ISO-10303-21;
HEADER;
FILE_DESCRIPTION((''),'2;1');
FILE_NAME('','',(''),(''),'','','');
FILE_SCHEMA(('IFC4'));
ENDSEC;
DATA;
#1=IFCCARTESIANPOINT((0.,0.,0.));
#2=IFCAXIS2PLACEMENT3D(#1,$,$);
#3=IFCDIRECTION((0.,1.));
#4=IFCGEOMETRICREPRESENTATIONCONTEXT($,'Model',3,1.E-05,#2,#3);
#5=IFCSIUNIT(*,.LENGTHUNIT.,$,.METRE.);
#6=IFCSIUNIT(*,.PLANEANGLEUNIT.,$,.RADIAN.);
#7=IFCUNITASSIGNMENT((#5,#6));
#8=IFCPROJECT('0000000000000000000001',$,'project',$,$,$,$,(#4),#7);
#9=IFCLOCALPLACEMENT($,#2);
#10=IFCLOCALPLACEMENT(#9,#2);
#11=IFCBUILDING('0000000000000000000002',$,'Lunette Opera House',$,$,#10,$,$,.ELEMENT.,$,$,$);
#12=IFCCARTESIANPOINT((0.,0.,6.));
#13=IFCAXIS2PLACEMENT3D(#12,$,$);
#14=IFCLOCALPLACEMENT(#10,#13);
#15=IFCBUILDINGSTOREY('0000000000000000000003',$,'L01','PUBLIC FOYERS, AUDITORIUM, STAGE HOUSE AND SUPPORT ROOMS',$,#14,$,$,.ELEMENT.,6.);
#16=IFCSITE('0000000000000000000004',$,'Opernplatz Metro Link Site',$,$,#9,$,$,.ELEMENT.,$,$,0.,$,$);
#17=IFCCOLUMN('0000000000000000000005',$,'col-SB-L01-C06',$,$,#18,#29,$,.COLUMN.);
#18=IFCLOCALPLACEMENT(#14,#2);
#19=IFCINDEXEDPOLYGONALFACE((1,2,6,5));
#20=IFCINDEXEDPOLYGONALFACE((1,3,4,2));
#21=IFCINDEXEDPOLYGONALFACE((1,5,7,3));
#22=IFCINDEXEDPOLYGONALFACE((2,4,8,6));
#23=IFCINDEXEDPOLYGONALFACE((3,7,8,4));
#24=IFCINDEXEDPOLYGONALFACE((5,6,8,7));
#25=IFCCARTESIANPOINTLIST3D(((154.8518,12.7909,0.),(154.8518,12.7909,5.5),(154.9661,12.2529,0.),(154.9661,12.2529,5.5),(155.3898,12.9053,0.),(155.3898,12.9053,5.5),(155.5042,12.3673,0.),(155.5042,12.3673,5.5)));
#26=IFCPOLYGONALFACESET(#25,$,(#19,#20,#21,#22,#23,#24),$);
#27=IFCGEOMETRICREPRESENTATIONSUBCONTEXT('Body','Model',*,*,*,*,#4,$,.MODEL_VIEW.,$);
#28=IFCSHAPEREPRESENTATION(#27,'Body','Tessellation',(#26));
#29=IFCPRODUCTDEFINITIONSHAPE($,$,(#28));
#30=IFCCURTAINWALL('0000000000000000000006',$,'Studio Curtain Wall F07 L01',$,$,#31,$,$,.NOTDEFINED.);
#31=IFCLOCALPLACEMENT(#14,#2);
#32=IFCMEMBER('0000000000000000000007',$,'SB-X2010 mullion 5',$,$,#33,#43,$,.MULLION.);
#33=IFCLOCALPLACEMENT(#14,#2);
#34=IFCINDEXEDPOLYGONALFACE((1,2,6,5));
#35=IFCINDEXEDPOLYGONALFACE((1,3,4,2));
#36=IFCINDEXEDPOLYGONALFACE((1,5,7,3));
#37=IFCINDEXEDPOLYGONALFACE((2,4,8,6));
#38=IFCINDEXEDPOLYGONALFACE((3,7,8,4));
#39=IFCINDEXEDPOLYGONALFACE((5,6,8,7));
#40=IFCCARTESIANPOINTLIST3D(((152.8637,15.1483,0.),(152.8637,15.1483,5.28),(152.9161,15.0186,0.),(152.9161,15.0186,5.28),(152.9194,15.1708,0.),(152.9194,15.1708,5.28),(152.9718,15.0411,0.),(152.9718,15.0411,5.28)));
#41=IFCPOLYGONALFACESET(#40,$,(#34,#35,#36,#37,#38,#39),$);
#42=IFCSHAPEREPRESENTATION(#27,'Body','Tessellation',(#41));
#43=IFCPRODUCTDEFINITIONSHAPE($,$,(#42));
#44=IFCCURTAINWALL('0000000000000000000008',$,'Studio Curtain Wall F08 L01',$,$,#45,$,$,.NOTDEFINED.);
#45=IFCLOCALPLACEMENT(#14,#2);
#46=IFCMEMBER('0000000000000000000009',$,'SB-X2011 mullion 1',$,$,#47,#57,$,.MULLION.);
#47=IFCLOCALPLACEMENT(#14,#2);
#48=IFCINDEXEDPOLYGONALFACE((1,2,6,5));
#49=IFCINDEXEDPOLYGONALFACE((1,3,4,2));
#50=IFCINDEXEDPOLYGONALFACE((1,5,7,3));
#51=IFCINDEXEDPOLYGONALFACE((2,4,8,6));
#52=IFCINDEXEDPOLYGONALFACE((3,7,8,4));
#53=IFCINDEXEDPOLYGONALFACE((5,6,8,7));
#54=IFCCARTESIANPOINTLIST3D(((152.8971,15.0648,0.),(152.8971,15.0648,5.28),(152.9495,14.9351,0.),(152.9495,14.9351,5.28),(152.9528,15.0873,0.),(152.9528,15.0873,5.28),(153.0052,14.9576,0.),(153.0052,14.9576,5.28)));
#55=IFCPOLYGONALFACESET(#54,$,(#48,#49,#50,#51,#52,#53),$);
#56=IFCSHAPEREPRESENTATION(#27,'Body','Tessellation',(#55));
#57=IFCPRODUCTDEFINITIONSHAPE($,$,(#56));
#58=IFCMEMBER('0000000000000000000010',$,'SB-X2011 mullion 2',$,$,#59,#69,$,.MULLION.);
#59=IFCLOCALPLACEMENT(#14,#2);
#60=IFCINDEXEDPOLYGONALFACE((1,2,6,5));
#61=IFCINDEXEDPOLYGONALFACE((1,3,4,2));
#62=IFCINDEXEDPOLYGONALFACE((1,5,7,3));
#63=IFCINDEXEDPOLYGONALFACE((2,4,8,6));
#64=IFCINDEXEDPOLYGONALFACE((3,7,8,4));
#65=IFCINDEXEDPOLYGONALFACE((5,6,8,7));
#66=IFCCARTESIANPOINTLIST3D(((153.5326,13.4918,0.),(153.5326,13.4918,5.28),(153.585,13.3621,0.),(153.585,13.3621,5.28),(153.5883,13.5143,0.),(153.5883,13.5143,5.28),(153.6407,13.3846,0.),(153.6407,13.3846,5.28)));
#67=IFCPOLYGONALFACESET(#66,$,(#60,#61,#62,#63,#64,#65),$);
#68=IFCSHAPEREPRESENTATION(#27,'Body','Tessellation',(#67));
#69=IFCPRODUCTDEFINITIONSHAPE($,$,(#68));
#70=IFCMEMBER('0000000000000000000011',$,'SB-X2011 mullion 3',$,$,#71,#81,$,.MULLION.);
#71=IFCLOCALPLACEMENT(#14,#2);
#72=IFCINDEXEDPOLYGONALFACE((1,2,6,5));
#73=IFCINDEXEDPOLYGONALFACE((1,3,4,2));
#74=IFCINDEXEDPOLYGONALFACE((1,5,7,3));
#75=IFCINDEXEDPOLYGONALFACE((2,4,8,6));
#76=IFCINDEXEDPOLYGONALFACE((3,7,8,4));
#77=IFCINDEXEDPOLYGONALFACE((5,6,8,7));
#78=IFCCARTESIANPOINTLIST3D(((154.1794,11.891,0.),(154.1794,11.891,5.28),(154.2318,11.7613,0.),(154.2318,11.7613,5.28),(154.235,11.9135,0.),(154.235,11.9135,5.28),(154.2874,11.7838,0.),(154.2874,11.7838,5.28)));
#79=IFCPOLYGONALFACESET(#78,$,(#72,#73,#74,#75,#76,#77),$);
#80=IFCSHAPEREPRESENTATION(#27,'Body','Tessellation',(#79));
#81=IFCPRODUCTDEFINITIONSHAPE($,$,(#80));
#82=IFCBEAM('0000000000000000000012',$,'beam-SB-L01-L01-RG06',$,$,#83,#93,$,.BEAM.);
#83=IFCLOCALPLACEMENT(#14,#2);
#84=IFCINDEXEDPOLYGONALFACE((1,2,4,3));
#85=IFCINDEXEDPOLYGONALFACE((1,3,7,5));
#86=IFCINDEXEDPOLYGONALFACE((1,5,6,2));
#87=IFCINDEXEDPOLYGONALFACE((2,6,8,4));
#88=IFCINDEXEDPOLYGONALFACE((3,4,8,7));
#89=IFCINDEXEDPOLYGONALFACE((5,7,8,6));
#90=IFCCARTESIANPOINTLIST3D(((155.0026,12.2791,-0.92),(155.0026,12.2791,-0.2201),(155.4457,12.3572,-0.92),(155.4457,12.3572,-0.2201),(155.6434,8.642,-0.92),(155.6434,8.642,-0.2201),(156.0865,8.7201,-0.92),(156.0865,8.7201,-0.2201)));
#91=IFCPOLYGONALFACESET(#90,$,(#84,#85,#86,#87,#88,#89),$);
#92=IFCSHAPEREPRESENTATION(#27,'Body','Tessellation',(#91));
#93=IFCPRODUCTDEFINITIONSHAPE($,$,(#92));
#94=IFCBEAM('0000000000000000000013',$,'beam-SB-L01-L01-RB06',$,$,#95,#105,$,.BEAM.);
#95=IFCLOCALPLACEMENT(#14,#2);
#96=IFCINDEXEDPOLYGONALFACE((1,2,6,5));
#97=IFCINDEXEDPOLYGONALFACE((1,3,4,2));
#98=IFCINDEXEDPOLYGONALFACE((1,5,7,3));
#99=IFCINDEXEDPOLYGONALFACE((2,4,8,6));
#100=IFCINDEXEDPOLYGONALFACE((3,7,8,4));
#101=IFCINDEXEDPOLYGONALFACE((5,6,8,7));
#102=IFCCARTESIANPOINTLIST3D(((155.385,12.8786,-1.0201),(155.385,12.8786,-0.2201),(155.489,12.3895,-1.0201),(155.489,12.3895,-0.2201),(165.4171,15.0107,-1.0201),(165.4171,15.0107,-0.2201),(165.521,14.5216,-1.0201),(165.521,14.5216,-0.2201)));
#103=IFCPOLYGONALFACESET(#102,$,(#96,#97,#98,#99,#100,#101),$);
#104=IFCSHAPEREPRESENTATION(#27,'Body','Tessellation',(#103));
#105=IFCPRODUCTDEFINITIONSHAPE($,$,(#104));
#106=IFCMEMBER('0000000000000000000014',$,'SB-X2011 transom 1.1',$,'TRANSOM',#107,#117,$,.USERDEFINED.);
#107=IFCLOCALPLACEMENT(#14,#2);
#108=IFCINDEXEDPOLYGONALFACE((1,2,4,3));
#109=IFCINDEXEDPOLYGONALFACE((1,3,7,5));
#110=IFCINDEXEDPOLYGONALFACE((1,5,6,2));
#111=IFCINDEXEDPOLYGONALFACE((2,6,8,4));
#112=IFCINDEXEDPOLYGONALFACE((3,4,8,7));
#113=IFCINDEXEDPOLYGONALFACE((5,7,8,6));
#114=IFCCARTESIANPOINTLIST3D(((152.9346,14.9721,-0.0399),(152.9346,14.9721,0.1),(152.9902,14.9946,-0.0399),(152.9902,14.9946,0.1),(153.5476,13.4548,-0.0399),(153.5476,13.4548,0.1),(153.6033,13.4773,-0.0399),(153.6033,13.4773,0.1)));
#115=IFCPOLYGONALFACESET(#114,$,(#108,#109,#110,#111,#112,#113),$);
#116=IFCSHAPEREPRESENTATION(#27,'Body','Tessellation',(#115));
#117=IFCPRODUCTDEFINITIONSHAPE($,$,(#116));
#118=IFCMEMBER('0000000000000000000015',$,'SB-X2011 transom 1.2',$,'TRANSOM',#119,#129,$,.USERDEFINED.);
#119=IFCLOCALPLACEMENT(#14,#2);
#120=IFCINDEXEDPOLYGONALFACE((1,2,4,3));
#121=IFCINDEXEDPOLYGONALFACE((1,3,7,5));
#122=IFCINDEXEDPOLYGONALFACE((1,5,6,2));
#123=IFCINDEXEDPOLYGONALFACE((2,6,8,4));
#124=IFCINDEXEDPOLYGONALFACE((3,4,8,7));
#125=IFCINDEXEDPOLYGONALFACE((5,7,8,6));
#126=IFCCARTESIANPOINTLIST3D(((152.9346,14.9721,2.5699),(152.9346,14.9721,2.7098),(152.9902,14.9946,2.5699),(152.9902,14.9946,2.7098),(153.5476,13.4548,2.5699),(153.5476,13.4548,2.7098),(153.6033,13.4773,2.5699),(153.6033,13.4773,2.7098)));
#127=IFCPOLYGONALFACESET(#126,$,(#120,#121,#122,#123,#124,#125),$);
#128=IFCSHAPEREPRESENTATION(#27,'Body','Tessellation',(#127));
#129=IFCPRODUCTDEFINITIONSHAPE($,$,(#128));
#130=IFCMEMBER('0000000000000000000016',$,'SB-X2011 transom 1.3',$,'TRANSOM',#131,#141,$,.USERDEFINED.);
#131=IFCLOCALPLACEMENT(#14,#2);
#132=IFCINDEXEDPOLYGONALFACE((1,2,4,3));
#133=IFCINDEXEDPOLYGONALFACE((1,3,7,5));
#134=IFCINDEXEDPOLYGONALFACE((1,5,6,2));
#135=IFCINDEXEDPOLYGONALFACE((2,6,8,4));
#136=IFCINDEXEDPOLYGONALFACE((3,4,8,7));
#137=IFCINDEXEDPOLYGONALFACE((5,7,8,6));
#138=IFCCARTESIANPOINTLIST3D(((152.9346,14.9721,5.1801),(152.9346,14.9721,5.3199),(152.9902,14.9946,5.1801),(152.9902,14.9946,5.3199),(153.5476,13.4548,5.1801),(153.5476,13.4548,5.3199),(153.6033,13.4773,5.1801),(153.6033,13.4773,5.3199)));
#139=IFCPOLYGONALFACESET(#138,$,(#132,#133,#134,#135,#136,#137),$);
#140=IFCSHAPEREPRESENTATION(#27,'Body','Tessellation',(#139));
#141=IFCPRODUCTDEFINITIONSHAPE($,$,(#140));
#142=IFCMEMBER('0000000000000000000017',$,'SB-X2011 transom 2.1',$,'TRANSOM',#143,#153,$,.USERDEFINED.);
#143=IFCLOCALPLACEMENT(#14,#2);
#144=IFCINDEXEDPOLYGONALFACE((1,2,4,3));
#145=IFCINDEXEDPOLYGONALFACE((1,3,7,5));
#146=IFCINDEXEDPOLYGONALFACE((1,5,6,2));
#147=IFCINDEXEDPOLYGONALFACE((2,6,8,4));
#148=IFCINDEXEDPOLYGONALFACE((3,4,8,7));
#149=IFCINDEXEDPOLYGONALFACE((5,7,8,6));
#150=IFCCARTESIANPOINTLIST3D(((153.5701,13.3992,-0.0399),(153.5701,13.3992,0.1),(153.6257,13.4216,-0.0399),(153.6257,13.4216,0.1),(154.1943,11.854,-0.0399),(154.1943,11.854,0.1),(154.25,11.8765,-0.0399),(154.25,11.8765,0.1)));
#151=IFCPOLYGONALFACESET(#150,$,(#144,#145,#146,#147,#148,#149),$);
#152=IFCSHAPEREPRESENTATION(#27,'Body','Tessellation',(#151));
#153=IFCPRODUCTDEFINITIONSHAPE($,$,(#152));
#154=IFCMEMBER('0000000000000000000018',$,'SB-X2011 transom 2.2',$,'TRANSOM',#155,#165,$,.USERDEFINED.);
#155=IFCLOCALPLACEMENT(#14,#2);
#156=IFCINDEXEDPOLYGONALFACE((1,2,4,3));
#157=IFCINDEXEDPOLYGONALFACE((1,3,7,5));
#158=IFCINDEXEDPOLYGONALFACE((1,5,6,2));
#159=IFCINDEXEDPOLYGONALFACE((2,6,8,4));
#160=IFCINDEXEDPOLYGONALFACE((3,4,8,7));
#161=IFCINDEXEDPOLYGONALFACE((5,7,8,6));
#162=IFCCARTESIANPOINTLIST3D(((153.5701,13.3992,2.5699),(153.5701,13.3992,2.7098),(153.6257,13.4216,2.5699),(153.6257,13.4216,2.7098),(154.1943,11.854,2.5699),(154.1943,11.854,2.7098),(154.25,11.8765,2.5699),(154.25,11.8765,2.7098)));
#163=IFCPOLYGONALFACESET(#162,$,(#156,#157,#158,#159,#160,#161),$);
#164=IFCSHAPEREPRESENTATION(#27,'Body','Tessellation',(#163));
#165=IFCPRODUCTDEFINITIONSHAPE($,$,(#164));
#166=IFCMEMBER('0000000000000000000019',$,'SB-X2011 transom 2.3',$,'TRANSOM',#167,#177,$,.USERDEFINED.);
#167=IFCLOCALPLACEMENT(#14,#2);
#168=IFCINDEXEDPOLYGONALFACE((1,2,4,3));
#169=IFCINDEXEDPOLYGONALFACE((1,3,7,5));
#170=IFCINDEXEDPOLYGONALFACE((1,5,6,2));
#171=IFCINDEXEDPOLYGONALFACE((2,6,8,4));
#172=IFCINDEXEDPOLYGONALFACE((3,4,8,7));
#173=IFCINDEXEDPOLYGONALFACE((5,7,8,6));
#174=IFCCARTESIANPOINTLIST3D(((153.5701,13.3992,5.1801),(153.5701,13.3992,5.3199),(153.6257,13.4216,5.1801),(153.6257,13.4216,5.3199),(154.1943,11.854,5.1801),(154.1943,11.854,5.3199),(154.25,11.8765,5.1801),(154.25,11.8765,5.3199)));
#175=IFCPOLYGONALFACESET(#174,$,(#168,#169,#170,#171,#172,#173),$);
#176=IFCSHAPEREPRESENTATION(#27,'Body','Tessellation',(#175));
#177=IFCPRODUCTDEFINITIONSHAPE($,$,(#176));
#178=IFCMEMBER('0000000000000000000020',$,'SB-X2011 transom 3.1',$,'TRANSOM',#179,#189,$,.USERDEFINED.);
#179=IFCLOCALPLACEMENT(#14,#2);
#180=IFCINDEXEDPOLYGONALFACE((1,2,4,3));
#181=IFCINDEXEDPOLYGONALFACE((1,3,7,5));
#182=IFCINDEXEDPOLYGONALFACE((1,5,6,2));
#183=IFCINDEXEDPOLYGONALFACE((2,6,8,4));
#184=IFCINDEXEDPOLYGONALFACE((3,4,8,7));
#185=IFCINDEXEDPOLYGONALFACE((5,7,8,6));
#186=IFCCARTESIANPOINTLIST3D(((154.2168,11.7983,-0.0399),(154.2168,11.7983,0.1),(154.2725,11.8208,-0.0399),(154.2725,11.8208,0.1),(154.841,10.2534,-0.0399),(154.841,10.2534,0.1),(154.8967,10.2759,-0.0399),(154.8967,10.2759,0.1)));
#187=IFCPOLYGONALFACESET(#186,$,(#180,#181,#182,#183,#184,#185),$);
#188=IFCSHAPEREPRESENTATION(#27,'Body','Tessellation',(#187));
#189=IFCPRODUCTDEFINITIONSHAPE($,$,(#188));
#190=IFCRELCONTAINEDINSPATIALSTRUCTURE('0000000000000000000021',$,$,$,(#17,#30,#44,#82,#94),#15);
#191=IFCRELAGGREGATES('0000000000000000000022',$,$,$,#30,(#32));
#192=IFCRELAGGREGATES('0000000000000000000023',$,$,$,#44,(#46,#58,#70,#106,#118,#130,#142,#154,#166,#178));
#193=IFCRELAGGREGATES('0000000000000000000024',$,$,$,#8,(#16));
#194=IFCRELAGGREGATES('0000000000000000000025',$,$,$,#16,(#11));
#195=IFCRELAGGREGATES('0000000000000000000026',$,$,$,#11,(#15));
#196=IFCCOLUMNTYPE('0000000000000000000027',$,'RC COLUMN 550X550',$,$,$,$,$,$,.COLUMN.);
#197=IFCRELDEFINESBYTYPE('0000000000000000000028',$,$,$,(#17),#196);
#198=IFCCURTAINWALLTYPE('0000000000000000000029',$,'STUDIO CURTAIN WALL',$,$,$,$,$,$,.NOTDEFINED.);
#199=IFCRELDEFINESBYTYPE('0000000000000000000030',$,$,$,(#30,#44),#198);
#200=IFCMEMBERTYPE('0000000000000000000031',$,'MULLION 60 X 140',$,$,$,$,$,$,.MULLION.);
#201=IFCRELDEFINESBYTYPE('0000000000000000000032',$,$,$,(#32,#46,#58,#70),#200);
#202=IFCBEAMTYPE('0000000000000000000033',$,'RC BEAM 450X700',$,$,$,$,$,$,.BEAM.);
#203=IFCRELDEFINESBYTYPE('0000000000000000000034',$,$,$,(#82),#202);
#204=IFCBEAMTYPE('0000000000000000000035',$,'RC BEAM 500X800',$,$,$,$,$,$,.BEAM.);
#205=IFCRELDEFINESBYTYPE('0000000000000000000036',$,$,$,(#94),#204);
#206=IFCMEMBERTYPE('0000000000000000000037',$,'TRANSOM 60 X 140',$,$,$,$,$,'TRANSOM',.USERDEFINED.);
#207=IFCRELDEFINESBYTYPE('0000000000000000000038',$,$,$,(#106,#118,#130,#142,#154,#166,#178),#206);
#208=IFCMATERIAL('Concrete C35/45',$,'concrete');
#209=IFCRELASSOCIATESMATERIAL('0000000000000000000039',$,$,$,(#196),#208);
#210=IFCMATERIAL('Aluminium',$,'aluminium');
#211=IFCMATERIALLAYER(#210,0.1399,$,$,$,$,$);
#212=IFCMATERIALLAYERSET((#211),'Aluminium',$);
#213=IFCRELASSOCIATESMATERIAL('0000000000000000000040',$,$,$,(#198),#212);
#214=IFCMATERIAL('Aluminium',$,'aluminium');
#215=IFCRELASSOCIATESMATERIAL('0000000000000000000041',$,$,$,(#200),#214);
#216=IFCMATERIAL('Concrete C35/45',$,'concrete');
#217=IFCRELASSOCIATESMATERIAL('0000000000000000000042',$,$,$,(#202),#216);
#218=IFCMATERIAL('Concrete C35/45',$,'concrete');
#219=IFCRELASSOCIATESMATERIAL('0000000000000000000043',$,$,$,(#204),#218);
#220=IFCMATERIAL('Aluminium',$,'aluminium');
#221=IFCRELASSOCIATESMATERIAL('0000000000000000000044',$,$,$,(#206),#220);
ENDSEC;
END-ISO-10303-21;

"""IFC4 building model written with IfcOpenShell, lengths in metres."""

from ifc_helpers import new_model, si_unit, direction, frame, origin, origin_2d, place, context, subcontext, project, spatial, rectangle, extrude, material, layer, layer_set, material_profile, profile_set, type_object, element, aggregate, save


model = new_model("IFC4")

# Units and contexts
model_context = context("Model", 3, precision=1e-05, world=origin(), true_north=direction((0.0, 1.0)))
body_context = subcontext(model_context, "Body", "Model", "MODEL_VIEW")
ifc_project = project(units=[si_unit("LENGTHUNIT", "METRE"), si_unit("PLANEANGLEUNIT", "RADIAN")], contexts=[model_context])

# Site, building, storey
site_placement = place(None, origin())
site = spatial("IfcSite", under=ifc_project, at=site_placement, Name="Opernplatz Metro Link Site", CompositionType="ELEMENT", RefElevation=0.0)
building_placement = place(site_placement, origin())
building = spatial("IfcBuilding", under=site, at=building_placement, Name="Lunette Opera House", CompositionType="ELEMENT")
storey_placement = place(building_placement, frame((0.0, 0.0, 6.0)))
storey = spatial("IfcBuildingStorey", under=building, at=storey_placement, Name="L01", Description="PUBLIC FOYERS, AUDITORIUM, STAGE HOUSE AND SUPPORT ROOMS", CompositionType="ELEMENT", Elevation=6.0)

# Column
ifc_material_1 = material(Name="Concrete C35/45", Category="concrete")
ifc_material_profile_1 = material_profile(ifc_material_1, rectangle(XDim=0.55, YDim=0.55, at=origin_2d()), Name="RC COLUMN 550X550")
ifc_profile_set_1 = profile_set([ifc_material_profile_1], Name="Concrete C35/45")
column_type = type_object("IfcColumnType", Name="RC COLUMN 550X550", PredefinedType="COLUMN", material=ifc_profile_set_1)
column_placement = place(storey_placement, frame((155.178, 12.5791, 0.0), z_axis=(0.0, 0.0, 1.0), x_axis=(0.207912, -0.978148, 0.0)))
element("IfcColumn", 1, at=column_placement, inside=storey, type_object=column_type, Name="col-SB-L01-C06", PredefinedType="COLUMN", context=body_context, shape_type="SweptSolid", body=[
    extrude(rectangle(XDim=0.55, YDim=0.55, at=origin_2d()), origin(), (0.0, 0.0, 1.0), 5.5),
])

# Curtain wall, member
ifc_material_2 = material(Name="Aluminium", Category="aluminium")
ifc_layer_1 = layer(ifc_material_2, 0.1399)
ifc_layer_set_1 = layer_set([ifc_layer_1], Name="Aluminium")
curtain_wall_type = type_object("IfcCurtainWallType", Name="STUDIO CURTAIN WALL", PredefinedType="NOTDEFINED", material=ifc_layer_set_1)
curtain_wall_1_placement = place(storey_placement, origin())
curtain_wall_1 = element("IfcCurtainWall", 2, at=curtain_wall_1_placement, inside=storey, type_object=curtain_wall_type, Name="Studio Curtain Wall F07 L01", PredefinedType="NOTDEFINED")
ifc_material_3 = material(Name="Aluminium", Category="aluminium")
ifc_material_profile_2 = material_profile(ifc_material_3, rectangle(XDim=0.0601, YDim=0.1399, at=origin_2d()), Name="MULLION 60 X 140")
ifc_profile_set_2 = profile_set([ifc_material_profile_2], Name="Aluminium")
member_type_1 = type_object("IfcMemberType", Name="MULLION 60 X 140", PredefinedType="MULLION", material=ifc_profile_set_2)
member_1_placement = place(storey_placement, frame((152.9177, 15.0947, 0.0), z_axis=(0.0, 0.0, 1.0), x_axis=(0.927168, 0.374646, 0.0)))
member_1 = element("IfcMember", 3, at=member_1_placement, type_object=member_type_1, Name="SB-X2010 mullion 5", PredefinedType="MULLION", context=body_context, shape_type="SweptSolid", body=[
    extrude(rectangle(XDim=0.0601, YDim=0.1399, at=origin_2d()), origin(), (0.0, 0.0, 1.0), 5.28),
])
aggregate(curtain_wall_1, [member_1])

# Curtain wall, members
curtain_wall_2_placement = place(storey_placement, origin())
curtain_wall_2 = element("IfcCurtainWall", 4, at=curtain_wall_2_placement, inside=storey, type_object=curtain_wall_type, Name="Studio Curtain Wall F08 L01", PredefinedType="NOTDEFINED")
member_2_placement = place(storey_placement, frame((152.9512, 15.0112, 0.0), z_axis=(0.0, 0.0, 1.0), x_axis=(0.927183, 0.374609, 0.0)))
member_2 = element("IfcMember", 5, at=member_2_placement, type_object=member_type_1, Name="SB-X2011 mullion 1", PredefinedType="MULLION", context=body_context, shape_type="SweptSolid", body=[
    extrude(rectangle(XDim=0.0601, YDim=0.1399, at=origin_2d()), origin(), (0.0, 0.0, 1.0), 5.28),
])
member_3_placement = place(storey_placement, frame((153.5867, 13.4382, 0.0), z_axis=(0.0, 0.0, 1.0), x_axis=(0.927183, 0.374609, 0.0)))
member_3 = element("IfcMember", 6, at=member_3_placement, type_object=member_type_1, Name="SB-X2011 mullion 2", PredefinedType="MULLION", context=body_context, shape_type="SweptSolid", body=[
    extrude(rectangle(XDim=0.0601, YDim=0.1399, at=origin_2d()), origin(), (0.0, 0.0, 1.0), 5.28),
])
member_4_placement = place(storey_placement, frame((154.2334, 11.8374, 0.0), z_axis=(0.0, 0.0, 1.0), x_axis=(0.927183, 0.374609, 0.0)))
member_4 = element("IfcMember", 7, at=member_4_placement, type_object=member_type_1, Name="SB-X2011 mullion 3", PredefinedType="MULLION", context=body_context, shape_type="SweptSolid", body=[
    extrude(rectangle(XDim=0.0601, YDim=0.1399, at=origin_2d()), origin(), (0.0, 0.0, 1.0), 5.28),
])

# Beams
ifc_material_4 = material(Name="Concrete C35/45", Category="concrete")
ifc_material_profile_3 = material_profile(ifc_material_4, rectangle(XDim=0.45, YDim=0.7, at=origin_2d()), Name="RC BEAM 450X700")
ifc_profile_set_3 = profile_set([ifc_material_profile_3], Name="Concrete C35/45")
beam_type_1 = type_object("IfcBeamType", Name="RC BEAM 450X700", PredefinedType="BEAM", material=ifc_profile_set_3)
beam_1_placement = place(storey_placement, frame((155.2241, 12.3181, -0.5701), z_axis=(0.173525, -0.984829, 0.0), x_axis=(0.984829, 0.173525, 0.0)))
element("IfcBeam", 8, at=beam_1_placement, inside=storey, type_object=beam_type_1, Name="beam-SB-L01-L01-RG06", PredefinedType="BEAM", context=body_context, shape_type="SweptSolid", body=[
    extrude(rectangle(XDim=0.45, YDim=0.7, at=origin_2d()), origin(), (0.0, 0.0, 1.0), 3.6931),
])
ifc_material_5 = material(Name="Concrete C35/45", Category="concrete")
ifc_material_profile_4 = material_profile(ifc_material_5, rectangle(XDim=0.5, YDim=0.8, at=origin_2d()), Name="RC BEAM 500X800")
ifc_profile_set_4 = profile_set([ifc_material_profile_4], Name="Concrete C35/45")
beam_type_2 = type_object("IfcBeamType", Name="RC BEAM 500X800", PredefinedType="BEAM", material=ifc_profile_set_4)
beam_2_placement = place(storey_placement, frame((155.437, 12.634, -0.6201), z_axis=(0.978153, 0.207885, 0.0), x_axis=(-0.207885, 0.978153, 0.0)))
element("IfcBeam", 9, at=beam_2_placement, inside=storey, type_object=beam_type_2, Name="beam-SB-L01-L01-RB06", PredefinedType="BEAM", context=body_context, shape_type="SweptSolid", body=[
    extrude(rectangle(XDim=0.5, YDim=0.8, at=origin_2d()), origin(), (0.0, 0.0, 1.0), 10.2561),
])

# Members
ifc_material_6 = material(Name="Aluminium", Category="aluminium")
ifc_material_profile_5 = material_profile(ifc_material_6, rectangle(XDim=0.0601, YDim=0.1399, at=origin_2d()), Name="TRANSOM 60 X 140")
ifc_profile_set_5 = profile_set([ifc_material_profile_5], Name="Aluminium")
member_type_2 = type_object("IfcMemberType", Name="TRANSOM 60 X 140", ElementType="TRANSOM", PredefinedType="USERDEFINED", material=ifc_profile_set_5)
member_5_placement = place(storey_placement, frame((152.9624, 14.9834, 0.03), z_axis=(0.374604, -0.927185, 0.0), x_axis=(0.927185, 0.374604, 0.0)))
member_5 = element("IfcMember", 10, at=member_5_placement, type_object=member_type_2, Name="SB-X2011 transom 1.1", ObjectType="TRANSOM", PredefinedType="USERDEFINED", context=body_context, shape_type="SweptSolid", body=[
    extrude(rectangle(XDim=0.0601, YDim=0.1399, at=origin_2d()), origin(), (0.0, 0.0, 1.0), 1.6365),
])
member_6_placement = place(storey_placement, frame((152.9624, 14.9834, 2.6399), z_axis=(0.374604, -0.927185, 0.0), x_axis=(0.927185, 0.374604, 0.0)))
member_6 = element("IfcMember", 11, at=member_6_placement, type_object=member_type_2, Name="SB-X2011 transom 1.2", ObjectType="TRANSOM", PredefinedType="USERDEFINED", context=body_context, shape_type="SweptSolid", body=[
    extrude(rectangle(XDim=0.0601, YDim=0.1399, at=origin_2d()), origin(), (0.0, 0.0, 1.0), 1.6365),
])
member_7_placement = place(storey_placement, frame((152.9624, 14.9834, 5.25), z_axis=(0.374604, -0.927185, 0.0), x_axis=(0.927185, 0.374604, 0.0)))
member_7 = element("IfcMember", 12, at=member_7_placement, type_object=member_type_2, Name="SB-X2011 transom 1.3", ObjectType="TRANSOM", PredefinedType="USERDEFINED", context=body_context, shape_type="SweptSolid", body=[
    extrude(rectangle(XDim=0.0601, YDim=0.1399, at=origin_2d()), origin(), (0.0, 0.0, 1.0), 1.6365),
])
member_8_placement = place(storey_placement, frame((153.5979, 13.4104, 0.03), z_axis=(0.374596, -0.927188, 0.0), x_axis=(0.927188, 0.374596, 0.0)))
member_8 = element("IfcMember", 13, at=member_8_placement, type_object=member_type_2, Name="SB-X2011 transom 2.1", ObjectType="TRANSOM", PredefinedType="USERDEFINED", context=body_context, shape_type="SweptSolid", body=[
    extrude(rectangle(XDim=0.0601, YDim=0.1399, at=origin_2d()), origin(), (0.0, 0.0, 1.0), 1.6665),
])
member_9_placement = place(storey_placement, frame((153.5979, 13.4104, 2.6399), z_axis=(0.374596, -0.927188, 0.0), x_axis=(0.927188, 0.374596, 0.0)))
member_9 = element("IfcMember", 14, at=member_9_placement, type_object=member_type_2, Name="SB-X2011 transom 2.2", ObjectType="TRANSOM", PredefinedType="USERDEFINED", context=body_context, shape_type="SweptSolid", body=[
    extrude(rectangle(XDim=0.0601, YDim=0.1399, at=origin_2d()), origin(), (0.0, 0.0, 1.0), 1.6665),
])
member_10_placement = place(storey_placement, frame((153.5979, 13.4104, 5.25), z_axis=(0.374596, -0.927188, 0.0), x_axis=(0.927188, 0.374596, 0.0)))
member_10 = element("IfcMember", 15, at=member_10_placement, type_object=member_type_2, Name="SB-X2011 transom 2.3", ObjectType="TRANSOM", PredefinedType="USERDEFINED", context=body_context, shape_type="SweptSolid", body=[
    extrude(rectangle(XDim=0.0601, YDim=0.1399, at=origin_2d()), origin(), (0.0, 0.0, 1.0), 1.6665),
])
member_11_placement = place(storey_placement, frame((154.2446, 11.8096, 0.03), z_axis=(0.374647, -0.927167, 0.0), x_axis=(0.927167, 0.374647, 0.0)))
member_11 = element("IfcMember", 16, at=member_11_placement, type_object=member_type_2, Name="SB-X2011 transom 3.1", ObjectType="TRANSOM", PredefinedType="USERDEFINED", context=body_context, shape_type="SweptSolid", body=[
    extrude(rectangle(XDim=0.0601, YDim=0.1399, at=origin_2d()), origin(), (0.0, 0.0, 1.0), 1.6663),
])

aggregate(curtain_wall_2, [member_2, member_3, member_4, member_5, member_6, member_7, member_8, member_9, member_10, member_11])

save(model, "model.ifc")
